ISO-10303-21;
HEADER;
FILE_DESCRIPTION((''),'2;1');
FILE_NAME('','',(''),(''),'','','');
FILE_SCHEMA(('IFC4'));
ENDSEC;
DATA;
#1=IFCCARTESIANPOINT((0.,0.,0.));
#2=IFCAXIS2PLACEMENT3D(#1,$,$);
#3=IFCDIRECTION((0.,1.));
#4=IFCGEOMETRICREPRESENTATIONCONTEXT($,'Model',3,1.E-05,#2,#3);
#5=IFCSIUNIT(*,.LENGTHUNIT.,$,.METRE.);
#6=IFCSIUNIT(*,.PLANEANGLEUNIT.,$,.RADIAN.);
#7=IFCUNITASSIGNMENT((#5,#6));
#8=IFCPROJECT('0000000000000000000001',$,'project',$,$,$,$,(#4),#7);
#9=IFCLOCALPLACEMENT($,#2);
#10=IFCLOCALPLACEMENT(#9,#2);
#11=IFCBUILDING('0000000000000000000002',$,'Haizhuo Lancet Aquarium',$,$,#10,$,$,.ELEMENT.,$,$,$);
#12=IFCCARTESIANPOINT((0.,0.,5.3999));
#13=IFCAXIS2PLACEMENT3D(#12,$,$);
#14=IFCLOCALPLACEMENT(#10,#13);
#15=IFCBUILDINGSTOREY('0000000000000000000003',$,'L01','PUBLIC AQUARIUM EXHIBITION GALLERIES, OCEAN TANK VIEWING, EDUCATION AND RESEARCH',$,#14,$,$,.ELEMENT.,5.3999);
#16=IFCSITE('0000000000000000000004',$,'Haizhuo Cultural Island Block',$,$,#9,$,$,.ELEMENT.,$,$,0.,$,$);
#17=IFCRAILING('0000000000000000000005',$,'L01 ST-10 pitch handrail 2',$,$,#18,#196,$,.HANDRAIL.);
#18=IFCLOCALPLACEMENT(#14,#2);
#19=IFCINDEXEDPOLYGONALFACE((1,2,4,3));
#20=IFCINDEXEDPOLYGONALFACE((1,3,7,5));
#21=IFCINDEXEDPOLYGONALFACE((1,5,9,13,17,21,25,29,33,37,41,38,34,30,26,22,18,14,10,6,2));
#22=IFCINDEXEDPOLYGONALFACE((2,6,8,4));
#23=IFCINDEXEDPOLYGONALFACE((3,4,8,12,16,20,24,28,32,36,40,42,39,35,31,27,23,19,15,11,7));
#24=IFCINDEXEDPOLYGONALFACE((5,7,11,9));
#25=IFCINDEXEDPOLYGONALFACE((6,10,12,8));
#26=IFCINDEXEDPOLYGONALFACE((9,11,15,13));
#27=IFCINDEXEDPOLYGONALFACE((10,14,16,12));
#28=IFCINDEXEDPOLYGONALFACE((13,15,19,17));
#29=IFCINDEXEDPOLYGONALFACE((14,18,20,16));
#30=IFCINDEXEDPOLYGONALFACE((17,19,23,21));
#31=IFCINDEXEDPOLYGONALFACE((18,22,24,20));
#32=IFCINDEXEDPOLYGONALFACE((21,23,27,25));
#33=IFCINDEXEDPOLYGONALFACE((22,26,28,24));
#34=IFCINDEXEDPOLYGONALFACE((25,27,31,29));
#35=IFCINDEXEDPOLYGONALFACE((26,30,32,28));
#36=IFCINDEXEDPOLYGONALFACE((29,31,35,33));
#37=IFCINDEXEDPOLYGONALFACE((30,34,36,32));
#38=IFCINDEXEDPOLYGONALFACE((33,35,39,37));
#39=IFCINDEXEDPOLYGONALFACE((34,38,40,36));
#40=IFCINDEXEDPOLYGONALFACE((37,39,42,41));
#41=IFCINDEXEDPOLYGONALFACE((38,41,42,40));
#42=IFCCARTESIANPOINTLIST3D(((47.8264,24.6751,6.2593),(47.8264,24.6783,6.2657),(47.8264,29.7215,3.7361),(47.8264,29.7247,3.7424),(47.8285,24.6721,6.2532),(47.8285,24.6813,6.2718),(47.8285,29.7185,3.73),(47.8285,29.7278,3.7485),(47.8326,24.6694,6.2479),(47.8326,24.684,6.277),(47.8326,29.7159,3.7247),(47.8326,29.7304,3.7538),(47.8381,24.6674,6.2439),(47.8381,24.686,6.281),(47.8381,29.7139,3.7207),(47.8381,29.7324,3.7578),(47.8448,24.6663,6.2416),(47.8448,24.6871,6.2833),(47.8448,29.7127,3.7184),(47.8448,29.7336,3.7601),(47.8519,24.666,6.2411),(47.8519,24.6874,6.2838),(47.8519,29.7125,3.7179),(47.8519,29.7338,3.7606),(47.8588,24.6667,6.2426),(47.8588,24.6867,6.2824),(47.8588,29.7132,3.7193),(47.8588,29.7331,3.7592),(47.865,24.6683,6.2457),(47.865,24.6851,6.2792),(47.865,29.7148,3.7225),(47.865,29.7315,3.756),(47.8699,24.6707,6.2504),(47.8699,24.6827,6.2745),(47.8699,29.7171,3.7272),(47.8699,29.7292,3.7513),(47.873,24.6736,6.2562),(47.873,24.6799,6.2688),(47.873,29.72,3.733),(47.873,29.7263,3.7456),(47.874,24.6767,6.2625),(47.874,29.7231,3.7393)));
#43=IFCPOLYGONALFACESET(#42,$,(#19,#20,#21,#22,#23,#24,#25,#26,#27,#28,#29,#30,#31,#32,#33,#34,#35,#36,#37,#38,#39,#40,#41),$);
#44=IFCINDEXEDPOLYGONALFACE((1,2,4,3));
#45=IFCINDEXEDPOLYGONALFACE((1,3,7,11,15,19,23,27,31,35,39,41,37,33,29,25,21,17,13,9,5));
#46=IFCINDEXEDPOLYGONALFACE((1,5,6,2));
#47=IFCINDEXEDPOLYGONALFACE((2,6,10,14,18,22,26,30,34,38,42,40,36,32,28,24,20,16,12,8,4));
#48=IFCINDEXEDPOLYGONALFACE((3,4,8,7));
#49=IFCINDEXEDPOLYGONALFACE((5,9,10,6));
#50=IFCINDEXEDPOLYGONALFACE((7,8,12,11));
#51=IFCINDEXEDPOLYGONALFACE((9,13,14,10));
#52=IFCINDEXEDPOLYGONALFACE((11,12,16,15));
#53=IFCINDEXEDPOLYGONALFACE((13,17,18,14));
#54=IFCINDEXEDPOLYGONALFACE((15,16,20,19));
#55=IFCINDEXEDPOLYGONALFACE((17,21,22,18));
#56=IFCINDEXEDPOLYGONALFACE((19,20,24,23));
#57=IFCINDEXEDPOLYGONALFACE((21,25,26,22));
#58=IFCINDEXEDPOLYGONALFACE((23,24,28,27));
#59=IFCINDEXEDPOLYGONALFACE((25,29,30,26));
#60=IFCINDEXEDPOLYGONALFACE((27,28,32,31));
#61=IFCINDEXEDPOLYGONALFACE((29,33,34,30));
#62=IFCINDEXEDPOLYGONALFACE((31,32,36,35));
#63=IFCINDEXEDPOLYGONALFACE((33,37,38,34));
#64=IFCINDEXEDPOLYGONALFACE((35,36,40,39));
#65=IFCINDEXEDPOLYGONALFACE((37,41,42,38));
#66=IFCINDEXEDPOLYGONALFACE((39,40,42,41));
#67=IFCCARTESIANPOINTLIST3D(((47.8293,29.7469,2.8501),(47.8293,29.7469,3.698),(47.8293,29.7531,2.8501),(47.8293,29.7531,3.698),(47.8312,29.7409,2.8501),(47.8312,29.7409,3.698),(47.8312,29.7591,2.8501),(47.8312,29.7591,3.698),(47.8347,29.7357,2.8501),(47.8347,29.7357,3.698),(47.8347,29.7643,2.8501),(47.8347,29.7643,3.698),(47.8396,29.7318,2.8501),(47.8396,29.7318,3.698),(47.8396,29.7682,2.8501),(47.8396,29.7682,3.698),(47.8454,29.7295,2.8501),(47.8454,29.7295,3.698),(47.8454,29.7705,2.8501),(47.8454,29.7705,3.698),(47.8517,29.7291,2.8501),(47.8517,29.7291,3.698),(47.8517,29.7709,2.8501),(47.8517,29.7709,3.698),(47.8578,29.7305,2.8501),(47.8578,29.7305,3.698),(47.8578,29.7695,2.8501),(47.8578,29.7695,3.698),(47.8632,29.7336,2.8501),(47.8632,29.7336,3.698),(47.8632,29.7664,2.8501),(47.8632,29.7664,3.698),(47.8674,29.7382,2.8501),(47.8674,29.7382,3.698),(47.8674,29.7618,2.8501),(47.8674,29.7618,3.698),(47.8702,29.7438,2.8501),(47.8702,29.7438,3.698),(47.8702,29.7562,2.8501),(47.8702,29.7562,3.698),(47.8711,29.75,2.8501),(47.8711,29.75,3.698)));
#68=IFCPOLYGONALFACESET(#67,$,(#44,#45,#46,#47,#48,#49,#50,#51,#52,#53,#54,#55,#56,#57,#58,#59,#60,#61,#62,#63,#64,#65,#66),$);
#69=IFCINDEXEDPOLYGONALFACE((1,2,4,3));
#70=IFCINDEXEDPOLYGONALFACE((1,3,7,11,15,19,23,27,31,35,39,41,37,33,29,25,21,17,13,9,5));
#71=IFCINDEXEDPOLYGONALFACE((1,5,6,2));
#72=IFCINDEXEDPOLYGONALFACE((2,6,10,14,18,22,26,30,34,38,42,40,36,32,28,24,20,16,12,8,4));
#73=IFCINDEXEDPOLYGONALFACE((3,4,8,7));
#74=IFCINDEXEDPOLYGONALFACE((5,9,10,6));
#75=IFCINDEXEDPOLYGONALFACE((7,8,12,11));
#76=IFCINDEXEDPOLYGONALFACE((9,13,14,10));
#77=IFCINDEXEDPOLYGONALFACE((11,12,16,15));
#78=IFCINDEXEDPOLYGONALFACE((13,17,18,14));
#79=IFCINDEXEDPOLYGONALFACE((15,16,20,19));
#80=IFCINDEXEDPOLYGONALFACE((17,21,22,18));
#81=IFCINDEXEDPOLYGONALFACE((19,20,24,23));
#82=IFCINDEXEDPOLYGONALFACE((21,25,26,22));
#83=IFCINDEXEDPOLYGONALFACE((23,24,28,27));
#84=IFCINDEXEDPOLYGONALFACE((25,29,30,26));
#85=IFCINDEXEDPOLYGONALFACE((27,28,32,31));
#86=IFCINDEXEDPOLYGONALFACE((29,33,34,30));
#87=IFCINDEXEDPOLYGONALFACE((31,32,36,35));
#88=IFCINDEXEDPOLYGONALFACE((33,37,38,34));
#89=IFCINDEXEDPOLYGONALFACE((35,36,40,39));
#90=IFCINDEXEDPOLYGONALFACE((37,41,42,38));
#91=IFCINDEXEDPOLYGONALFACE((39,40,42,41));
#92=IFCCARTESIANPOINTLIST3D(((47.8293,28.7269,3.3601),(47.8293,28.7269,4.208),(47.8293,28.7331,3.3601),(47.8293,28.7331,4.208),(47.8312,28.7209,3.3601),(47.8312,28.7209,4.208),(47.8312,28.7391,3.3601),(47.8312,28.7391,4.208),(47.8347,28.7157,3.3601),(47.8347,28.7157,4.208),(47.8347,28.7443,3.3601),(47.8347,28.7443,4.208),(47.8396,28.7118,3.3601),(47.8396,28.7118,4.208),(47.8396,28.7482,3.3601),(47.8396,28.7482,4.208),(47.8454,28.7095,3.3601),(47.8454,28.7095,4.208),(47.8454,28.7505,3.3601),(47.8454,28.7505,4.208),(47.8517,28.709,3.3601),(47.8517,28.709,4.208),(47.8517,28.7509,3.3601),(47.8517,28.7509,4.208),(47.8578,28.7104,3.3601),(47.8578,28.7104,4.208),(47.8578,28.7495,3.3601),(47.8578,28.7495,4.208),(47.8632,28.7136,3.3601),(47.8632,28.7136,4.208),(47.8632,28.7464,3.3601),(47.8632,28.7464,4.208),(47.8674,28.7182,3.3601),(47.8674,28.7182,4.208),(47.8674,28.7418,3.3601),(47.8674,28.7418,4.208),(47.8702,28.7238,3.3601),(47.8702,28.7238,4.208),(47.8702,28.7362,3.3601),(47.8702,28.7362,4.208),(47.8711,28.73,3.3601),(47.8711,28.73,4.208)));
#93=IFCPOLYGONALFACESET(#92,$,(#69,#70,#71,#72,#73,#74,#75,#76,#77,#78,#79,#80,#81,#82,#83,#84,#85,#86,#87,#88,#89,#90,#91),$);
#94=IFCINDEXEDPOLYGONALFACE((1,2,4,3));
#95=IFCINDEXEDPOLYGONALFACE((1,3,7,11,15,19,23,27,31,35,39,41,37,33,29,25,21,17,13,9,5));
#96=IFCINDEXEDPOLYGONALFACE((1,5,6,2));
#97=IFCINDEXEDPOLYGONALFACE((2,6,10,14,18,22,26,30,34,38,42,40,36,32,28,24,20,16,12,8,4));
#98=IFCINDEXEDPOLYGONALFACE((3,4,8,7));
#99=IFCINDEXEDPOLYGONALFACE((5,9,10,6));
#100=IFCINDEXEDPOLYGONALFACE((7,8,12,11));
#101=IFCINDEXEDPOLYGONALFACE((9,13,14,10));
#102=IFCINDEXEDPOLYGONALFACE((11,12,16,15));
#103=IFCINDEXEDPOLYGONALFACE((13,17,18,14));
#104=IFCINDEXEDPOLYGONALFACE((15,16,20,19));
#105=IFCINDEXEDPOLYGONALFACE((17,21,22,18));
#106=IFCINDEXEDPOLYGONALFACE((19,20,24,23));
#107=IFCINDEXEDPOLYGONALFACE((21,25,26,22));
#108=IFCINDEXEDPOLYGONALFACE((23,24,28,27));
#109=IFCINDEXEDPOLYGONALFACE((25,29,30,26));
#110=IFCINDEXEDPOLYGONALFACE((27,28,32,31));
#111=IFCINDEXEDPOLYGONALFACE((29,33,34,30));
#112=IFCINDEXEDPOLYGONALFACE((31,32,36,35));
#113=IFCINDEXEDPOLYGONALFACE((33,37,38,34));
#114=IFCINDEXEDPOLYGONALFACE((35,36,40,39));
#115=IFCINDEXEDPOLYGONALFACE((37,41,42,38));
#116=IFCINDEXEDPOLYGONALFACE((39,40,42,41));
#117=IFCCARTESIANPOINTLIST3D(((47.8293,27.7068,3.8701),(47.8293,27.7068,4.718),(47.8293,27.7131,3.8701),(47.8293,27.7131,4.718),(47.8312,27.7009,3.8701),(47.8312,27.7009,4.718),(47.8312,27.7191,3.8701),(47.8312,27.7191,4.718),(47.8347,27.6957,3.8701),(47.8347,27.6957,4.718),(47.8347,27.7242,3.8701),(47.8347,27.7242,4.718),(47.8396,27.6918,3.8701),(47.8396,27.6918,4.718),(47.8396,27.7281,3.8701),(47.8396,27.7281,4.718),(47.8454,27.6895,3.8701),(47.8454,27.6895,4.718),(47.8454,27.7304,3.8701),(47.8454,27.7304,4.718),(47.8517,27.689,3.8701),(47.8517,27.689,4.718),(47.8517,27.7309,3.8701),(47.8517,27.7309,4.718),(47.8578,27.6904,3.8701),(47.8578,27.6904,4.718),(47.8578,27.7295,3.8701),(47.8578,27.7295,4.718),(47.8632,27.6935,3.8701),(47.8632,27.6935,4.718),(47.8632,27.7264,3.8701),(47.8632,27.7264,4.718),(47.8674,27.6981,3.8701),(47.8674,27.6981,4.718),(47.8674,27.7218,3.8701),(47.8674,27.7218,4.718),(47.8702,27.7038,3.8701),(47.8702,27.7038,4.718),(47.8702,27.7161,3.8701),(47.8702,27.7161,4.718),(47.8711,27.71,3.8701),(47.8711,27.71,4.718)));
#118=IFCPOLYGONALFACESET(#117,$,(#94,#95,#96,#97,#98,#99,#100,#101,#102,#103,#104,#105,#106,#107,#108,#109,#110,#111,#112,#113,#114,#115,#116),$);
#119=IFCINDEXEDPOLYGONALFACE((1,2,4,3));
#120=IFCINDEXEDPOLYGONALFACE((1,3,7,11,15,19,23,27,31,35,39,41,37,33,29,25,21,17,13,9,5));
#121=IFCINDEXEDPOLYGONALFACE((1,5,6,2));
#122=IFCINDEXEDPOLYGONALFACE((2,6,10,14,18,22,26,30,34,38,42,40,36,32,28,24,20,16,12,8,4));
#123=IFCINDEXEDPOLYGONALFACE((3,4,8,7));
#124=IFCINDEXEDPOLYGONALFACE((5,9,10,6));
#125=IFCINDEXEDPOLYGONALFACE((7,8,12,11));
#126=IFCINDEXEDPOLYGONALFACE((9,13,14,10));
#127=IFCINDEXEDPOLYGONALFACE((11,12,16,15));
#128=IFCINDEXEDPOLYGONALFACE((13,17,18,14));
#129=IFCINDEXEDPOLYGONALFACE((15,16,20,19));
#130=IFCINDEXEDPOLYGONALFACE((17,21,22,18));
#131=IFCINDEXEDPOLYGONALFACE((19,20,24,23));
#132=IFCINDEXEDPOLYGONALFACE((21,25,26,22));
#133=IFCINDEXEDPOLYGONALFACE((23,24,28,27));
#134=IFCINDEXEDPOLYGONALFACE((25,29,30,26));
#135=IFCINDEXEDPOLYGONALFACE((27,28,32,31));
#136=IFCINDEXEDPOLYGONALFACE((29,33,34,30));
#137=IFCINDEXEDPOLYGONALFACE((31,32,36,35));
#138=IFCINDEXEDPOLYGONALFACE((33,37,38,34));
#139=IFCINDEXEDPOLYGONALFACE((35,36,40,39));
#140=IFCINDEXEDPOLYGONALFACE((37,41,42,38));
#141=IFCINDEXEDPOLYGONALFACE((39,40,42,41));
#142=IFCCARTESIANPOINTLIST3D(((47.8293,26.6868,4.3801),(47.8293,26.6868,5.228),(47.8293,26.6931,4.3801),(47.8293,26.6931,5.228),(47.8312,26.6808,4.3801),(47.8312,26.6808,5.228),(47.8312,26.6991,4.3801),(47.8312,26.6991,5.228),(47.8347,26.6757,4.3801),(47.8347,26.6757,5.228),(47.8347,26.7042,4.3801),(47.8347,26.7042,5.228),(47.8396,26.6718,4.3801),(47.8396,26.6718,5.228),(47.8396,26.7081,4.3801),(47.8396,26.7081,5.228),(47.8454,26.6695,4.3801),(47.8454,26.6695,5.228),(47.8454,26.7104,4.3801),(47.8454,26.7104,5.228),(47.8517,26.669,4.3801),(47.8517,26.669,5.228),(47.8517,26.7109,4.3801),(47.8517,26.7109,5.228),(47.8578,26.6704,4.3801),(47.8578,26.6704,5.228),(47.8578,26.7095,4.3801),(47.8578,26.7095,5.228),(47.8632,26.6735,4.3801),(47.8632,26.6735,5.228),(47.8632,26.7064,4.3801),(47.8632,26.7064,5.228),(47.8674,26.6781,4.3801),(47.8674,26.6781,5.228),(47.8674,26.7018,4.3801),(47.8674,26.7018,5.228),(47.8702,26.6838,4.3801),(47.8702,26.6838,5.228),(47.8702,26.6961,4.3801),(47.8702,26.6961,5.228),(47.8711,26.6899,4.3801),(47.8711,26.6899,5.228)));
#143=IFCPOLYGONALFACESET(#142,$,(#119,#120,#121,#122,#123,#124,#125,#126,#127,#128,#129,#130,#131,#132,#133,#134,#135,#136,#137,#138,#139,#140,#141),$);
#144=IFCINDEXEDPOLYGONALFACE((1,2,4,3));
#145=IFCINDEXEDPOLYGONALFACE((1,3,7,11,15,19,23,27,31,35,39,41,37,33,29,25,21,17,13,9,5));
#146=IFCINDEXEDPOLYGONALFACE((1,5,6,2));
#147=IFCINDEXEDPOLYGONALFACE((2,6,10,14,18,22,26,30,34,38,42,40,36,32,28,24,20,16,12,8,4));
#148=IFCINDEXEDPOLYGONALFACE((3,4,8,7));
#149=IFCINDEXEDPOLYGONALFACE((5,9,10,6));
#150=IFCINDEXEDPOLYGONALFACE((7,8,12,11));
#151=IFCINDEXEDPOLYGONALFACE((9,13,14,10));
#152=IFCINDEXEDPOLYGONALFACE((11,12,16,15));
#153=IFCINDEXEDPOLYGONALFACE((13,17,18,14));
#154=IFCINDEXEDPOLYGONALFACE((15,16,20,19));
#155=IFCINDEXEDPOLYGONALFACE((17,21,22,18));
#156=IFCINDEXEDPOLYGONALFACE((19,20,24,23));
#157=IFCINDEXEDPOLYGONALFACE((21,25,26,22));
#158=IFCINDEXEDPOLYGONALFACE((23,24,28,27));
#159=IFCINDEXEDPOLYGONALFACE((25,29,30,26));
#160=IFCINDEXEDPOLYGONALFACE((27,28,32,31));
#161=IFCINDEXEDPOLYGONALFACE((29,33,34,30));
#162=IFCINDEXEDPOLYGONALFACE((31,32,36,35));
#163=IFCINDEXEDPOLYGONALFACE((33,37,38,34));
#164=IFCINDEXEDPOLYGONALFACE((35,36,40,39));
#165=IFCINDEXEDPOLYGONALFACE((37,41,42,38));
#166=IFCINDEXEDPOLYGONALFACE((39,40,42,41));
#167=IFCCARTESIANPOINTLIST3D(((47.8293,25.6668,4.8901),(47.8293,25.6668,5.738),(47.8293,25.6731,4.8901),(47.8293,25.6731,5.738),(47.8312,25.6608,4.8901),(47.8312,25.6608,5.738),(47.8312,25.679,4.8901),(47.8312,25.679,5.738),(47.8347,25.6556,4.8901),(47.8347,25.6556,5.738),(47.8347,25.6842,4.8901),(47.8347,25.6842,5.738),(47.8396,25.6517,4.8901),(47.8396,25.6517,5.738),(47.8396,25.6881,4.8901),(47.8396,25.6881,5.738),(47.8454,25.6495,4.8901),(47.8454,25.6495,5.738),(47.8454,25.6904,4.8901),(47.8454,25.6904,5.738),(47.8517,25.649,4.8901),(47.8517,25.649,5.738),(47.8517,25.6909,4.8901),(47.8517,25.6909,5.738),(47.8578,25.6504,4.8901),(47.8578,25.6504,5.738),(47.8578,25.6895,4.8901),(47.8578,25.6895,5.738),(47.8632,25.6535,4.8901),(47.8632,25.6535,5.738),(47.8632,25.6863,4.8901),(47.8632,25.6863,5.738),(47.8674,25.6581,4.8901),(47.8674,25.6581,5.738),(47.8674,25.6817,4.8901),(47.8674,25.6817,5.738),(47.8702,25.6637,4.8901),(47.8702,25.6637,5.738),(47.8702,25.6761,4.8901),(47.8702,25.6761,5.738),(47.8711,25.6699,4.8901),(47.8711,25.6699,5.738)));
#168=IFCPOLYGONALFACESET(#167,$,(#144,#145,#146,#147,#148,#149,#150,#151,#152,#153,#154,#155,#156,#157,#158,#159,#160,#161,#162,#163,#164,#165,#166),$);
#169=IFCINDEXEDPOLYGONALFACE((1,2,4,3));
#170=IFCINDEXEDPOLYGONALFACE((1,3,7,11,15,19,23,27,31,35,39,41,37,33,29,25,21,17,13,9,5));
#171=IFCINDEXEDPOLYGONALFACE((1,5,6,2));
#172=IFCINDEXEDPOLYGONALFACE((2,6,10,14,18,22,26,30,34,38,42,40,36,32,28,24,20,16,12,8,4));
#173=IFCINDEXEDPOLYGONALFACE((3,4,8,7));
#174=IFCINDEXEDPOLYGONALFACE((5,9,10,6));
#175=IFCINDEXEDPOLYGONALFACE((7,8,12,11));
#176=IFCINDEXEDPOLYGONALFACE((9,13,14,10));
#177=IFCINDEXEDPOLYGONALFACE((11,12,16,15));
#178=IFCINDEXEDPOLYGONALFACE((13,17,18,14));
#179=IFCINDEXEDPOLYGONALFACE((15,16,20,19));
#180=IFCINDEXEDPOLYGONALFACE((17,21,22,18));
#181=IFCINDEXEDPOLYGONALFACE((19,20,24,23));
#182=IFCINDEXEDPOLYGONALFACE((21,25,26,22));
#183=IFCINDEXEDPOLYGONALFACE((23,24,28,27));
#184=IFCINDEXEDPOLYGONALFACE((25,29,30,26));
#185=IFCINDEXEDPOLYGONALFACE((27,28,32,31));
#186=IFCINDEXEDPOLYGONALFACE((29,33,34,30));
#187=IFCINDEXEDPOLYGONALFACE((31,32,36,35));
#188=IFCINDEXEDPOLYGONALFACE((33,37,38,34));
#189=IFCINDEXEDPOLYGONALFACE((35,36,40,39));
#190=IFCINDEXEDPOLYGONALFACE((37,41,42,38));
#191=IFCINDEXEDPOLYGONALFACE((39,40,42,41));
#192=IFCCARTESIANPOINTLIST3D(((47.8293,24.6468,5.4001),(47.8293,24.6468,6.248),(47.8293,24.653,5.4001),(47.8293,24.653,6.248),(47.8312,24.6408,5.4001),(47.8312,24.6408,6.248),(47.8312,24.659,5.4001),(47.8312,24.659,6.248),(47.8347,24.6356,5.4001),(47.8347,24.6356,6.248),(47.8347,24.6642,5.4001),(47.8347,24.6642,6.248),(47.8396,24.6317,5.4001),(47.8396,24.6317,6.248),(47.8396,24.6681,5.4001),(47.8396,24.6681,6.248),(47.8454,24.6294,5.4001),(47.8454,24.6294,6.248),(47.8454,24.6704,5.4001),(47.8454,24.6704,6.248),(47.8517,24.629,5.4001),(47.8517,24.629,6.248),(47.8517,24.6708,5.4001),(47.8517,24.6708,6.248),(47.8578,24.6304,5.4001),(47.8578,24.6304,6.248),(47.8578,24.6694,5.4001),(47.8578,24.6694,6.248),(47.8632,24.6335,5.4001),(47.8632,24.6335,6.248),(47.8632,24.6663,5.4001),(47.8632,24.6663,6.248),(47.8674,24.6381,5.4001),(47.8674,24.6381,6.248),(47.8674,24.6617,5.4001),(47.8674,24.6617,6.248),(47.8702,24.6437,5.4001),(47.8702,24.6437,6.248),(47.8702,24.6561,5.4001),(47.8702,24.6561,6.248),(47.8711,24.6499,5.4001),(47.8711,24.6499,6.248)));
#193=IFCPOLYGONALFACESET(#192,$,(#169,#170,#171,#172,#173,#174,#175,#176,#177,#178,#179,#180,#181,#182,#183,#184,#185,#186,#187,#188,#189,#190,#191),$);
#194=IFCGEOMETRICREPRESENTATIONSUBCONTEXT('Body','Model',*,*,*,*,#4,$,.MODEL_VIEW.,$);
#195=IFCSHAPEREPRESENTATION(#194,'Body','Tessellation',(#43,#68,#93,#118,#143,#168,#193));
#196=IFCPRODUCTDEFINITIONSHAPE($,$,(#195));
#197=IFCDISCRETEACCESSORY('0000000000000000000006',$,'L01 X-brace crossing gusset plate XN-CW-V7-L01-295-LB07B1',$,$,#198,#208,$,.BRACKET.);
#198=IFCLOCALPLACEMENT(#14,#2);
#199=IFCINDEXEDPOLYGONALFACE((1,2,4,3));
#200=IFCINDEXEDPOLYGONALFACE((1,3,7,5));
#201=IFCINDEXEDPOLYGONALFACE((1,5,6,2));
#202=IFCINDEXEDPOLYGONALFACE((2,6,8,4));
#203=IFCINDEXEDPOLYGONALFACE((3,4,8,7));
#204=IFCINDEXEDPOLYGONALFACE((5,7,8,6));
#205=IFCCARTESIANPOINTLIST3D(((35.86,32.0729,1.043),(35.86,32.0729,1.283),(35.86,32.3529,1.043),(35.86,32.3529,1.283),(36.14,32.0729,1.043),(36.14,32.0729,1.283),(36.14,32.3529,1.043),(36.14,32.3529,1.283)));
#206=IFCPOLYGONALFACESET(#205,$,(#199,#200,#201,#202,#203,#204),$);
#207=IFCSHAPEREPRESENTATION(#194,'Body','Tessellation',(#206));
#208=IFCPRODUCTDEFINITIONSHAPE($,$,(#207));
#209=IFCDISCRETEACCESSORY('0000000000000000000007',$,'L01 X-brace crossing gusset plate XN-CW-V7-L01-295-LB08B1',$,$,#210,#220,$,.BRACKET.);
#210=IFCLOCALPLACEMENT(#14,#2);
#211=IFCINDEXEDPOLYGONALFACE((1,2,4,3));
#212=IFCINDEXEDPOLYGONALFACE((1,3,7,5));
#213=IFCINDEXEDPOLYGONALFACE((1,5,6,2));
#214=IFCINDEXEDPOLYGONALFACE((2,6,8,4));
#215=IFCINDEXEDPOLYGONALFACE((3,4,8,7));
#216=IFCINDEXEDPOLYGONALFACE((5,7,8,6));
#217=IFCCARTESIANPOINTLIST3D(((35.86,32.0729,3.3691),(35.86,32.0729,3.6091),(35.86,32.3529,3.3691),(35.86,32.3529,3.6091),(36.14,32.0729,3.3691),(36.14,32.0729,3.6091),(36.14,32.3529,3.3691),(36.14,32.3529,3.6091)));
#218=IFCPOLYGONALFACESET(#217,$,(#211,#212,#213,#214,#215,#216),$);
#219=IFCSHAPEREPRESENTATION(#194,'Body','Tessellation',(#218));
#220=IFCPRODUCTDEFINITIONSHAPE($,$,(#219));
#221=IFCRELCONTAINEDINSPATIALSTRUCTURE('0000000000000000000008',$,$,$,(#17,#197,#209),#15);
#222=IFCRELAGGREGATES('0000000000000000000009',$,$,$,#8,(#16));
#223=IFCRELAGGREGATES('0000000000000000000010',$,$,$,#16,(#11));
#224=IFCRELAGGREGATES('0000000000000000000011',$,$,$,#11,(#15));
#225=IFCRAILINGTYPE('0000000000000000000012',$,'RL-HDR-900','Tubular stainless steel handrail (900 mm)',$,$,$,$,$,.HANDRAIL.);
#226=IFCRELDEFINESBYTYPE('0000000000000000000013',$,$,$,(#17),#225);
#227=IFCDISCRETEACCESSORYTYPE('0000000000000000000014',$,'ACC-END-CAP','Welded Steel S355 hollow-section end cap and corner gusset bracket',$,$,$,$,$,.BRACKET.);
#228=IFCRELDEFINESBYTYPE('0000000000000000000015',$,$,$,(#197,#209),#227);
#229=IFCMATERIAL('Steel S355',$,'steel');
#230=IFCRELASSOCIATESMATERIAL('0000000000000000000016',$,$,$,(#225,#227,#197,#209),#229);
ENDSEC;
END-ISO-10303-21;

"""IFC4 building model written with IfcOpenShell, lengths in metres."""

from ifc_helpers import new_model, si_unit, direction, frame, origin, origin_2d, place, context, subcontext, project, spatial, rectangle, circle, extrude, material, type_object, element, save


model = new_model("IFC4")

# Units and contexts
model_context = context("Model", 3, precision=1e-05, world=origin(), true_north=direction((0.0, 1.0)))
body_context = subcontext(model_context, "Body", "Model", "MODEL_VIEW")
ifc_project = project(units=[si_unit("LENGTHUNIT", "METRE"), si_unit("PLANEANGLEUNIT", "RADIAN")], contexts=[model_context])

# Site, building, storey
site_placement = place(None, origin())
site = spatial("IfcSite", under=ifc_project, at=site_placement, Name="Haizhuo Cultural Island Block", CompositionType="ELEMENT", RefElevation=0.0)
building_placement = place(site_placement, origin())
building = spatial("IfcBuilding", under=site, at=building_placement, Name="Haizhuo Lancet Aquarium", CompositionType="ELEMENT")
storey_placement = place(building_placement, frame((0.0, 0.0, 5.3999)))
storey = spatial("IfcBuildingStorey", under=building, at=storey_placement, Name="L01", Description="PUBLIC AQUARIUM EXHIBITION GALLERIES, OCEAN TANK VIEWING, EDUCATION AND RESEARCH", CompositionType="ELEMENT", Elevation=5.3999)

# Shared definitions
ifc_material_1 = material(Name="Steel S355", Category="steel")

# Railing
railing_type_1 = type_object("IfcRailingType", Name="RL-HDR-900", Description="Tubular stainless steel handrail (900 mm)", PredefinedType="HANDRAIL", material=ifc_material_1)
railing_1_placement = place(storey_placement, frame((47.8501, 29.75, 2.8501)))
element("IfcRailing", 1, at=railing_1_placement, inside=storey, type_object=railing_type_1, Name="L01 ST-10 pitch handrail 2", PredefinedType="HANDRAIL", context=body_context, shape_type="SweptSolid", body=[
    extrude(circle(Radius=0.0239, at=origin_2d()), frame((0.0, -0.0269, 0.8892), z_axis=(0.0, -0.894427, 0.447214), x_axis=(1.0, 0.0, 0.0)), (0.0, 0.0, 1.0), 5.6421),
    extrude(circle(Radius=0.021, at=origin_2d()), origin(), (0.0, 0.0, 1.0), 0.8479),
    extrude(circle(Radius=0.021, at=origin_2d()), frame((0.0, -1.02, 0.51)), (0.0, 0.0, 1.0), 0.8479),
    extrude(circle(Radius=0.021, at=origin_2d()), frame((0.0, -2.04, 1.02)), (0.0, 0.0, 1.0), 0.8479),
    extrude(circle(Radius=0.021, at=origin_2d()), frame((0.0, -3.0601, 1.53)), (0.0, 0.0, 1.0), 0.8479),
    extrude(circle(Radius=0.021, at=origin_2d()), frame((0.0, -4.0801, 2.04)), (0.0, 0.0, 1.0), 0.8479),
    extrude(circle(Radius=0.021, at=origin_2d()), frame((0.0, -5.1001, 2.55)), (0.0, 0.0, 1.0), 0.8479),
])

# Discrete accessories
discrete_accessory_type = type_object("IfcDiscreteAccessoryType", Name="ACC-END-CAP", Description="Welded Steel S355 hollow-section end cap and corner gusset bracket", PredefinedType="BRACKET", material=ifc_material_1)
for number, where, z_axis, x_axis, name in (
    (2, (36.0, 32.2129, 1.043), (0.0, 0.0, 1.0), (1.0, 0.0, 0.0), "L01 X-brace crossing gusset plate XN-CW-V7-L01-295-LB07B1"),
    (3, (36.0, 32.2129, 3.3691), (0.0, 0.0, 1.0), (1.0, 0.0, 0.0), "L01 X-brace crossing gusset plate XN-CW-V7-L01-295-LB08B1"),
):
    element("IfcDiscreteAccessory", number, at=place(storey_placement, frame(where, z_axis=z_axis, x_axis=x_axis)), inside=storey, type_object=discrete_accessory_type, material=ifc_material_1, Name=name, PredefinedType="BRACKET", context=body_context, shape_type="SweptSolid", body=[
        extrude(rectangle(XDim=0.28, YDim=0.28, at=origin_2d()), origin(), (0.0, 0.0, 1.0), 0.24),
    ])

save(model, "model.ifc")
